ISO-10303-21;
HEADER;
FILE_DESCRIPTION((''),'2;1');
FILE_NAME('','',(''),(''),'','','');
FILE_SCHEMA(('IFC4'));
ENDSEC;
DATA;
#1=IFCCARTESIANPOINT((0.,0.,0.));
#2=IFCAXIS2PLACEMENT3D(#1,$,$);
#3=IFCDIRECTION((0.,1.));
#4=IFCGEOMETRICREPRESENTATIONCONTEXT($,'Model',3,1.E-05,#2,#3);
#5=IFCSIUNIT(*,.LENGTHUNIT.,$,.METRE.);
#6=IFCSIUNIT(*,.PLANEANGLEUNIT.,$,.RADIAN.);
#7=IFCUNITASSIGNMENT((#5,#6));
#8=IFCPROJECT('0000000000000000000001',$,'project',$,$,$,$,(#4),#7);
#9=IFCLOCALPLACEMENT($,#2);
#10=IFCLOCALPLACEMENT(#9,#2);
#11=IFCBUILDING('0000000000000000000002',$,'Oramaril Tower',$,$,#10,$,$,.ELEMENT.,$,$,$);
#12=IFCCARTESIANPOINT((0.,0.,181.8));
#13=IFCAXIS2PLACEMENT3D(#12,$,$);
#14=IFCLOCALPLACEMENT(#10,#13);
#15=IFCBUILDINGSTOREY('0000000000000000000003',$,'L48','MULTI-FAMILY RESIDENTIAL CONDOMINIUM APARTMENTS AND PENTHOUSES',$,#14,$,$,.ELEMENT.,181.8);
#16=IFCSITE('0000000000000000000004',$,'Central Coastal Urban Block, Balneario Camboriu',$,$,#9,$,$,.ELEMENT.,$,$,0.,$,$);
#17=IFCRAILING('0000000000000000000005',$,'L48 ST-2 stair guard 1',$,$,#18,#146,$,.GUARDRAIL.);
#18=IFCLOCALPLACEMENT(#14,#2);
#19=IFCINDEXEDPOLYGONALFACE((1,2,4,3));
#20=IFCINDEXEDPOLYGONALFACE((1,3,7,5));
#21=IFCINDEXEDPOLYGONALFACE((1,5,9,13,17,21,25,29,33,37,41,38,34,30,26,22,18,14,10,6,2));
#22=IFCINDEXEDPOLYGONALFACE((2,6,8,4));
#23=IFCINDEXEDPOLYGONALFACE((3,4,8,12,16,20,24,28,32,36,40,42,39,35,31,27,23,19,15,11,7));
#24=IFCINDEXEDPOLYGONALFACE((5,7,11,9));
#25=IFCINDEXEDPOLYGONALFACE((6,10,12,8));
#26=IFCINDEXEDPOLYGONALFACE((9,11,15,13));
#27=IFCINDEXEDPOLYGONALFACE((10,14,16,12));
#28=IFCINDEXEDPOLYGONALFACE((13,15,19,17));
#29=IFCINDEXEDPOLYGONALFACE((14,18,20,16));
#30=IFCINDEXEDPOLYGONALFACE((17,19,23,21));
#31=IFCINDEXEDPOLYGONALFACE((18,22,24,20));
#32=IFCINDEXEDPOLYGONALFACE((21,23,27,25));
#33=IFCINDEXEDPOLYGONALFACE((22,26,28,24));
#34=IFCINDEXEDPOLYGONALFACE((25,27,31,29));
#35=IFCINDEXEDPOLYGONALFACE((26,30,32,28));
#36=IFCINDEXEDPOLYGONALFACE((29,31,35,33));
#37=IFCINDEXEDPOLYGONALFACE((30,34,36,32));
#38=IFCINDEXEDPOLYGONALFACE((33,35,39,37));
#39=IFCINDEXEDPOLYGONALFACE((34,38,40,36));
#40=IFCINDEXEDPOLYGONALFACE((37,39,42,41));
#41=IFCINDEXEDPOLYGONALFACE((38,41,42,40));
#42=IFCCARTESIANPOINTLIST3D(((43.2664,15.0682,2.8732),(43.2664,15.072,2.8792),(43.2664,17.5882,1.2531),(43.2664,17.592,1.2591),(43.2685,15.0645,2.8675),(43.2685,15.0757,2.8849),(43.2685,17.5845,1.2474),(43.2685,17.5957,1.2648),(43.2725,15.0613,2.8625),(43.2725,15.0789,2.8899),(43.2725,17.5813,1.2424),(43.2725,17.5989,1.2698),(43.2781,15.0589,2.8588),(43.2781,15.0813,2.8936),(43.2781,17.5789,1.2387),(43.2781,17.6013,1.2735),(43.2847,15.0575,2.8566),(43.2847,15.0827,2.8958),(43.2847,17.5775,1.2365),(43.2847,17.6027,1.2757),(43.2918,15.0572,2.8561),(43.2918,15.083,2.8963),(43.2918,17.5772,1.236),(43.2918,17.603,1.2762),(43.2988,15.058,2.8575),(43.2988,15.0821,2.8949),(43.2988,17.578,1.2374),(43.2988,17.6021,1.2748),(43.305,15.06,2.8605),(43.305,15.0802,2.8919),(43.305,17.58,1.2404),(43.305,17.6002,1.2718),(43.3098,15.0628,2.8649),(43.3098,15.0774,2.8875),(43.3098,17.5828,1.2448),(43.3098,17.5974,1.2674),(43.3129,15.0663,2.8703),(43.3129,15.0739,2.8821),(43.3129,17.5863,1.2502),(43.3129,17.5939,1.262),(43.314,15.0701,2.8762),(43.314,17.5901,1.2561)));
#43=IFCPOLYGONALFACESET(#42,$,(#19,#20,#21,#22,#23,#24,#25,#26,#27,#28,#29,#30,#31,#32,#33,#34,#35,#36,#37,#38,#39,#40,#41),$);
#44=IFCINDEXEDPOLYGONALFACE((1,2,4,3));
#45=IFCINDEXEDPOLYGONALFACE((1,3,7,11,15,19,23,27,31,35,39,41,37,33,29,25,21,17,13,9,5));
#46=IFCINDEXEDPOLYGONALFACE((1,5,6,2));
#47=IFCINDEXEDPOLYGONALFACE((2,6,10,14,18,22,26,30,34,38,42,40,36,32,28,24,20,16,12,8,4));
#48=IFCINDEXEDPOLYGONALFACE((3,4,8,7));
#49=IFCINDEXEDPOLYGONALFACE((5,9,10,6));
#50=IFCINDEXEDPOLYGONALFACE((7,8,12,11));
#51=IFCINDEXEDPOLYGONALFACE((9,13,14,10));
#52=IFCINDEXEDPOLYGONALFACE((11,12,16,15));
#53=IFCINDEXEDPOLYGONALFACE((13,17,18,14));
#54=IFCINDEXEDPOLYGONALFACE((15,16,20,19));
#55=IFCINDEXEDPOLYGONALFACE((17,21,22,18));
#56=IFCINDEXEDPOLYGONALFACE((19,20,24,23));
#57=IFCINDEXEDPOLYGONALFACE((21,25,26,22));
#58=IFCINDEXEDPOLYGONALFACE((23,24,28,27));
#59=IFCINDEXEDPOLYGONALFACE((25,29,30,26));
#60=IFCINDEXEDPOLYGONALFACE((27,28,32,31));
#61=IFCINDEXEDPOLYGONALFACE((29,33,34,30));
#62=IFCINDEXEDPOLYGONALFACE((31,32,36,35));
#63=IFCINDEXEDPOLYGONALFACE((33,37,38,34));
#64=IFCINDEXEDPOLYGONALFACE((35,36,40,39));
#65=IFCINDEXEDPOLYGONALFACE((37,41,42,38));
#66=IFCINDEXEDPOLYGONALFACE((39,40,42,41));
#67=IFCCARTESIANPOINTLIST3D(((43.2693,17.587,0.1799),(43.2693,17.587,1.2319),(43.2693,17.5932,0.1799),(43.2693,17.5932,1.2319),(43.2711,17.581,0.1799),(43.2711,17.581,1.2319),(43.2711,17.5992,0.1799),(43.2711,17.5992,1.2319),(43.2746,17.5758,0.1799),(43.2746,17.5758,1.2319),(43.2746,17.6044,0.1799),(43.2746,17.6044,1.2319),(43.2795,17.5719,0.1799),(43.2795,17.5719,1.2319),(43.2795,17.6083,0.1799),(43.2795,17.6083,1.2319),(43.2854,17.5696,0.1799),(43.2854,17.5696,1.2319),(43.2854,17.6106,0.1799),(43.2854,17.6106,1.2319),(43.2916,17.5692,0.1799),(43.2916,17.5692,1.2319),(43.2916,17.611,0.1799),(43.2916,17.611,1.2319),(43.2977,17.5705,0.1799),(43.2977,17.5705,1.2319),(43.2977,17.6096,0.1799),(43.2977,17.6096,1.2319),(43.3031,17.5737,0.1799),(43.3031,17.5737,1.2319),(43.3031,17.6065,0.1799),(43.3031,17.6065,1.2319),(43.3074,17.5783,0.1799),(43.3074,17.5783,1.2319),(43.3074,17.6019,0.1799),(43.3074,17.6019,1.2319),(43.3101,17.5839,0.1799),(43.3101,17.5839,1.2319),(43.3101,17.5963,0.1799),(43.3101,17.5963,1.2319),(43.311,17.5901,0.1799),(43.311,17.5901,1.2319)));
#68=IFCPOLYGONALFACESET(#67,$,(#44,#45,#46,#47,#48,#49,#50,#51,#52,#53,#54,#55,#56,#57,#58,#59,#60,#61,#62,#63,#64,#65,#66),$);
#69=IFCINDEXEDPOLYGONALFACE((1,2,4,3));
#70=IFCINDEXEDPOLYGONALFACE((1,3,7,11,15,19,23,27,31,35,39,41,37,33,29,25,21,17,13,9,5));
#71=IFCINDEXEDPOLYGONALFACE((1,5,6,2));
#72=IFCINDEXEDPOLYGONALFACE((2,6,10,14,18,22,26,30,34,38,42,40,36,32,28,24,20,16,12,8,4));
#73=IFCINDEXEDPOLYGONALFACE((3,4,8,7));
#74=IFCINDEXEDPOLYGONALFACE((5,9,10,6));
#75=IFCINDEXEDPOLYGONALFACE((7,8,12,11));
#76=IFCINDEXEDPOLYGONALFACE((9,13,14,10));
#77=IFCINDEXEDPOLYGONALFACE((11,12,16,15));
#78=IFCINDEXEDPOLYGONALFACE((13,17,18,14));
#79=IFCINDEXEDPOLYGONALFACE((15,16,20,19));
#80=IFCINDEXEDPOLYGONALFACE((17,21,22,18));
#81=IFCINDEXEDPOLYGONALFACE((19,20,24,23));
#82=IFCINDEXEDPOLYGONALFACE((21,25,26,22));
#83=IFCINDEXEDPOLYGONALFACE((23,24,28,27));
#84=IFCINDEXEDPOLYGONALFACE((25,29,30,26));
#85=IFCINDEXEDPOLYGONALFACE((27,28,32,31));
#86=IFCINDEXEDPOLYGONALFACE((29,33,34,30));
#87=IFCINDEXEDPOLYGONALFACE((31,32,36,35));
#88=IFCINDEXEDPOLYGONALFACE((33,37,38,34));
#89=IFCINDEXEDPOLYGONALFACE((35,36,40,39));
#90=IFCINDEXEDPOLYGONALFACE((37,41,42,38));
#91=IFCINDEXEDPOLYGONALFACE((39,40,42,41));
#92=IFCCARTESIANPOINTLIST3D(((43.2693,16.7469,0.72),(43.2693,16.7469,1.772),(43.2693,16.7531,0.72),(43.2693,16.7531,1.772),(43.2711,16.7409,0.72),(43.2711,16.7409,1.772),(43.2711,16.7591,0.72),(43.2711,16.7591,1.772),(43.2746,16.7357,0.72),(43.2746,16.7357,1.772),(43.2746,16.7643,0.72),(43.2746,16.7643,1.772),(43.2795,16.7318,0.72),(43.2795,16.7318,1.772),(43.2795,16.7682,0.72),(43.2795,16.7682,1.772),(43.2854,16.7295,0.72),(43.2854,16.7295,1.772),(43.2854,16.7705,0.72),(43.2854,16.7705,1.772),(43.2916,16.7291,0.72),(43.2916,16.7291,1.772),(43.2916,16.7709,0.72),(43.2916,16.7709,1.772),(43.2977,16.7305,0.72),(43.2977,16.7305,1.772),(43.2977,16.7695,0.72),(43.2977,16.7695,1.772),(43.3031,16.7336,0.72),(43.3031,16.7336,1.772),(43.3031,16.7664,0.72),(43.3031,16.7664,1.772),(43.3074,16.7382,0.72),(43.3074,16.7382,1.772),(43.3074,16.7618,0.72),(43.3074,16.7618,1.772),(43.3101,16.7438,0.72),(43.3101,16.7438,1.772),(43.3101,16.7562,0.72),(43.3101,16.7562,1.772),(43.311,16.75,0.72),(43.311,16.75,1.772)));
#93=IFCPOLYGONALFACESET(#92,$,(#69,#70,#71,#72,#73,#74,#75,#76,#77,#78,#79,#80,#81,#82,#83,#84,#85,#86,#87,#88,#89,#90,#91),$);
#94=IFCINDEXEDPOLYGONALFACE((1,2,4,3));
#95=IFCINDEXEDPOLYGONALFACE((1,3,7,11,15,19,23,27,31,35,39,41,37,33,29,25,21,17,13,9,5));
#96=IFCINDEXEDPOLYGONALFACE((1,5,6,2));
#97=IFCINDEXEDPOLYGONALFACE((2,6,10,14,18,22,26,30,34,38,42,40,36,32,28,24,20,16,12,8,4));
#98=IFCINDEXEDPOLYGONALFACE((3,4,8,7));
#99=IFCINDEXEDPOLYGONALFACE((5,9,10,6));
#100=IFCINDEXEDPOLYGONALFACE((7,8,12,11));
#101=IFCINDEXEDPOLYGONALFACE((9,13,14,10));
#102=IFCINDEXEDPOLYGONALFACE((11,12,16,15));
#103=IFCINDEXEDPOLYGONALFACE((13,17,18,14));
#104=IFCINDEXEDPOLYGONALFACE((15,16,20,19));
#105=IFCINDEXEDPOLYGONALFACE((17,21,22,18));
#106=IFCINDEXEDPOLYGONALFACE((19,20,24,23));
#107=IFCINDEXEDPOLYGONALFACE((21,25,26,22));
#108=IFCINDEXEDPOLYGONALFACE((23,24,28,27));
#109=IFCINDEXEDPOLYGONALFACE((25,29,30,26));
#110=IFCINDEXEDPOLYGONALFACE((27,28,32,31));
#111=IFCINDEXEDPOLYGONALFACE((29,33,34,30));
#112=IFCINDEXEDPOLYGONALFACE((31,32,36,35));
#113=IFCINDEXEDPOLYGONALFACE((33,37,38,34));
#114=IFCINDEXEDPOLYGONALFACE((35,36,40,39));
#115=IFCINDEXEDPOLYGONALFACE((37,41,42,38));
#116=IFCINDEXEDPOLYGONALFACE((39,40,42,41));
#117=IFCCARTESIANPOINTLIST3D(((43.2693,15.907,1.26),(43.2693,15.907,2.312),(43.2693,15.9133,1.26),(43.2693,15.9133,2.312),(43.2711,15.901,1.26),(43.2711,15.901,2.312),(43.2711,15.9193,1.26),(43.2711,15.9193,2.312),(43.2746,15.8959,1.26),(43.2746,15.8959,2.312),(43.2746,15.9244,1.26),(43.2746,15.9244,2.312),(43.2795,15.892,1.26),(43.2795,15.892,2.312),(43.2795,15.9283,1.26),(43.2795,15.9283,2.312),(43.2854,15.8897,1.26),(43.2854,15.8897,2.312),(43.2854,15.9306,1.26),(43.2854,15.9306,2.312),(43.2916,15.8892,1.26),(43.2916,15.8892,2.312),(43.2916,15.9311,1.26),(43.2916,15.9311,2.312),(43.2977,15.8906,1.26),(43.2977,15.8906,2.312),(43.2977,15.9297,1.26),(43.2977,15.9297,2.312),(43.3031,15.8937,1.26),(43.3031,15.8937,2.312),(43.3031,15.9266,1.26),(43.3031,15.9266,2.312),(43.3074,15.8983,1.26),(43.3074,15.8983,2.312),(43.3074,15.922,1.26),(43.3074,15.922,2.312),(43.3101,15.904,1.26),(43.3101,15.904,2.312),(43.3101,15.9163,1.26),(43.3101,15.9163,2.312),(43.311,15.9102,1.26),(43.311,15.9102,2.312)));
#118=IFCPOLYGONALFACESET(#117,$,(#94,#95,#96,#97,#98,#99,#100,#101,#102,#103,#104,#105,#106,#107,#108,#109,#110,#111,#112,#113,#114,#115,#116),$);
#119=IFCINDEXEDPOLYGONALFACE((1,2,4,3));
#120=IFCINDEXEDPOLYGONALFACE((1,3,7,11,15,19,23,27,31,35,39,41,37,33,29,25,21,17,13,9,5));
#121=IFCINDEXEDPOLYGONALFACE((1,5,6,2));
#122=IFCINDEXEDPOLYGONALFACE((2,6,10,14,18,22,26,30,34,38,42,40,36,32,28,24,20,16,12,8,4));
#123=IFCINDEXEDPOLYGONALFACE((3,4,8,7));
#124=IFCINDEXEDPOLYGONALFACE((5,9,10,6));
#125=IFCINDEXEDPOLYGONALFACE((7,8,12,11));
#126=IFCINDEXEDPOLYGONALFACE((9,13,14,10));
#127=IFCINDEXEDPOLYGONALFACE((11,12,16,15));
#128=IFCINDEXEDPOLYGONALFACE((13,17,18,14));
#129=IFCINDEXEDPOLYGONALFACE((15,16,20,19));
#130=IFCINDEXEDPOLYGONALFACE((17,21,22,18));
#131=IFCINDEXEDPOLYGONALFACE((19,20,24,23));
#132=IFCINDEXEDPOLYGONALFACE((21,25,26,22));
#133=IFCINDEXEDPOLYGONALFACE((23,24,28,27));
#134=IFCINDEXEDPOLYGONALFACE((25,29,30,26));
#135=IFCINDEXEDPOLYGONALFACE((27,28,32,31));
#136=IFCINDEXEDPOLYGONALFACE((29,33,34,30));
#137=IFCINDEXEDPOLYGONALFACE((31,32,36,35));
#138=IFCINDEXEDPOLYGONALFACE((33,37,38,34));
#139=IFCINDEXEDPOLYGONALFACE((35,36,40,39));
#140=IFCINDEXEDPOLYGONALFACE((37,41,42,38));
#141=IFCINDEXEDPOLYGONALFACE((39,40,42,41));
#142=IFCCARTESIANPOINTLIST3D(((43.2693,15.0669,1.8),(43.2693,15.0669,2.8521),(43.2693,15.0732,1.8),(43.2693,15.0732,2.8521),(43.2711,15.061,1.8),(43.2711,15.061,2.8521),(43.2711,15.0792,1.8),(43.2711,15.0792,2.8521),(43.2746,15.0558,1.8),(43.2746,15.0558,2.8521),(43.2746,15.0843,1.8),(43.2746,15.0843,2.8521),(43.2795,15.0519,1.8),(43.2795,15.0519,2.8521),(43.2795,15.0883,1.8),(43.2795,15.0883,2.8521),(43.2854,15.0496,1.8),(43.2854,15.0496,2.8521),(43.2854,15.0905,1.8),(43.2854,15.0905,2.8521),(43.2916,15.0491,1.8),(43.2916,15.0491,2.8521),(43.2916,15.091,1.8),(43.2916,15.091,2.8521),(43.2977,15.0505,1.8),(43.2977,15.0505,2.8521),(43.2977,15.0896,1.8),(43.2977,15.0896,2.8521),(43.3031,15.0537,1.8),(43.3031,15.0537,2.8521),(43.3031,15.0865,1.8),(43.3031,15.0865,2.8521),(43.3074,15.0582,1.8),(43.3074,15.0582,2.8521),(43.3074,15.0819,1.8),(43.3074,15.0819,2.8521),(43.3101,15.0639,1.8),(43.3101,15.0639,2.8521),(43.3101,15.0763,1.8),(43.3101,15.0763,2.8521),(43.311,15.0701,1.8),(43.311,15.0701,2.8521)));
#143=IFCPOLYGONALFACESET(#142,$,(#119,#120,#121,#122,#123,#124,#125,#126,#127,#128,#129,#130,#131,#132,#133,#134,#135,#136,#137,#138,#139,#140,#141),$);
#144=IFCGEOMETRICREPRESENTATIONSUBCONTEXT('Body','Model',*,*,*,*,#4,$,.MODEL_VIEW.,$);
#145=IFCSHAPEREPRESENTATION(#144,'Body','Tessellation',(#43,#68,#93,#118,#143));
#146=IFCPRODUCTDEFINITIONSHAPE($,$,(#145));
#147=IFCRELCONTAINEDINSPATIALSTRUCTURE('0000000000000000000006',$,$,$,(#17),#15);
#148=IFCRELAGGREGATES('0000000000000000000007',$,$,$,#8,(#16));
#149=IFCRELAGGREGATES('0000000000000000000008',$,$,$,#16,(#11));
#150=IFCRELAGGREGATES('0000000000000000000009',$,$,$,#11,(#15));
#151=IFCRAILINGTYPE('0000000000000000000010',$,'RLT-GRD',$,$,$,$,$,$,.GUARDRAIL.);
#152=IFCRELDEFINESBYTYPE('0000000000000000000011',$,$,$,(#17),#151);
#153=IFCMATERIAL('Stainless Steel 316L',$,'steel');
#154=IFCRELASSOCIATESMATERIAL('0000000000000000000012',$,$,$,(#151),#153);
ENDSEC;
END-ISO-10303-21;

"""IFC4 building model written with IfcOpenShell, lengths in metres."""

from ifc_helpers import new_model, si_unit, direction, frame, origin, origin_2d, place, context, subcontext, project, spatial, circle, extrude, material, type_object, element, save


model = new_model("IFC4")

# Units and contexts
model_context = context("Model", 3, precision=1e-05, world=origin(), true_north=direction((0.0, 1.0)))
body_context = subcontext(model_context, "Body", "Model", "MODEL_VIEW")
ifc_project = project(units=[si_unit("LENGTHUNIT", "METRE"), si_unit("PLANEANGLEUNIT", "RADIAN")], contexts=[model_context])

# Site, building, storey
site_placement = place(None, origin())
site = spatial("IfcSite", under=ifc_project, at=site_placement, Name="Central Coastal Urban Block, Balneario Camboriu", CompositionType="ELEMENT", RefElevation=0.0)
building_placement = place(site_placement, origin())
building = spatial("IfcBuilding", under=site, at=building_placement, Name="Oramaril Tower", CompositionType="ELEMENT")
storey_placement = place(building_placement, frame((0.0, 0.0, 181.8)))
storey = spatial("IfcBuildingStorey", under=building, at=storey_placement, Name="L48", Description="MULTI-FAMILY RESIDENTIAL CONDOMINIUM APARTMENTS AND PENTHOUSES", CompositionType="ELEMENT", Elevation=181.8)

# Railing
ifc_material_1 = material(Name="Stainless Steel 316L", Category="steel")
railing_type_1 = type_object("IfcRailingType", Name="RLT-GRD", PredefinedType="GUARDRAIL", material=ifc_material_1)
railing_1_placement = place(storey_placement, frame((43.29, 17.5901, 0.1799)))
element("IfcRailing", 1, at=railing_1_placement, inside=storey, type_object=railing_type_1, Name="L48 ST-2 stair guard 1", PredefinedType="GUARDRAIL", context=body_context, shape_type="SweptSolid", body=[
    extrude(circle(Radius=0.0239, at=origin_2d()), frame((0.0, 0.0, 1.0762), z_axis=(0.0, -0.841163, 0.540782), x_axis=(1.0, 0.0, 0.0)), (0.0, 0.0, 1.0), 2.9958),
    extrude(circle(Radius=0.021, at=origin_2d()), origin(), (0.0, 0.0, 1.0), 1.052),
    extrude(circle(Radius=0.021, at=origin_2d()), frame((0.0, -0.8401, 0.54)), (0.0, 0.0, 1.0), 1.052),
    extrude(circle(Radius=0.021, at=origin_2d()), frame((0.0, -1.6799, 1.0801)), (0.0, 0.0, 1.0), 1.052),
    extrude(circle(Radius=0.021, at=origin_2d()), frame((0.0, -2.52, 1.6201)), (0.0, 0.0, 1.0), 1.052),
])

save(model, "model.ifc")
